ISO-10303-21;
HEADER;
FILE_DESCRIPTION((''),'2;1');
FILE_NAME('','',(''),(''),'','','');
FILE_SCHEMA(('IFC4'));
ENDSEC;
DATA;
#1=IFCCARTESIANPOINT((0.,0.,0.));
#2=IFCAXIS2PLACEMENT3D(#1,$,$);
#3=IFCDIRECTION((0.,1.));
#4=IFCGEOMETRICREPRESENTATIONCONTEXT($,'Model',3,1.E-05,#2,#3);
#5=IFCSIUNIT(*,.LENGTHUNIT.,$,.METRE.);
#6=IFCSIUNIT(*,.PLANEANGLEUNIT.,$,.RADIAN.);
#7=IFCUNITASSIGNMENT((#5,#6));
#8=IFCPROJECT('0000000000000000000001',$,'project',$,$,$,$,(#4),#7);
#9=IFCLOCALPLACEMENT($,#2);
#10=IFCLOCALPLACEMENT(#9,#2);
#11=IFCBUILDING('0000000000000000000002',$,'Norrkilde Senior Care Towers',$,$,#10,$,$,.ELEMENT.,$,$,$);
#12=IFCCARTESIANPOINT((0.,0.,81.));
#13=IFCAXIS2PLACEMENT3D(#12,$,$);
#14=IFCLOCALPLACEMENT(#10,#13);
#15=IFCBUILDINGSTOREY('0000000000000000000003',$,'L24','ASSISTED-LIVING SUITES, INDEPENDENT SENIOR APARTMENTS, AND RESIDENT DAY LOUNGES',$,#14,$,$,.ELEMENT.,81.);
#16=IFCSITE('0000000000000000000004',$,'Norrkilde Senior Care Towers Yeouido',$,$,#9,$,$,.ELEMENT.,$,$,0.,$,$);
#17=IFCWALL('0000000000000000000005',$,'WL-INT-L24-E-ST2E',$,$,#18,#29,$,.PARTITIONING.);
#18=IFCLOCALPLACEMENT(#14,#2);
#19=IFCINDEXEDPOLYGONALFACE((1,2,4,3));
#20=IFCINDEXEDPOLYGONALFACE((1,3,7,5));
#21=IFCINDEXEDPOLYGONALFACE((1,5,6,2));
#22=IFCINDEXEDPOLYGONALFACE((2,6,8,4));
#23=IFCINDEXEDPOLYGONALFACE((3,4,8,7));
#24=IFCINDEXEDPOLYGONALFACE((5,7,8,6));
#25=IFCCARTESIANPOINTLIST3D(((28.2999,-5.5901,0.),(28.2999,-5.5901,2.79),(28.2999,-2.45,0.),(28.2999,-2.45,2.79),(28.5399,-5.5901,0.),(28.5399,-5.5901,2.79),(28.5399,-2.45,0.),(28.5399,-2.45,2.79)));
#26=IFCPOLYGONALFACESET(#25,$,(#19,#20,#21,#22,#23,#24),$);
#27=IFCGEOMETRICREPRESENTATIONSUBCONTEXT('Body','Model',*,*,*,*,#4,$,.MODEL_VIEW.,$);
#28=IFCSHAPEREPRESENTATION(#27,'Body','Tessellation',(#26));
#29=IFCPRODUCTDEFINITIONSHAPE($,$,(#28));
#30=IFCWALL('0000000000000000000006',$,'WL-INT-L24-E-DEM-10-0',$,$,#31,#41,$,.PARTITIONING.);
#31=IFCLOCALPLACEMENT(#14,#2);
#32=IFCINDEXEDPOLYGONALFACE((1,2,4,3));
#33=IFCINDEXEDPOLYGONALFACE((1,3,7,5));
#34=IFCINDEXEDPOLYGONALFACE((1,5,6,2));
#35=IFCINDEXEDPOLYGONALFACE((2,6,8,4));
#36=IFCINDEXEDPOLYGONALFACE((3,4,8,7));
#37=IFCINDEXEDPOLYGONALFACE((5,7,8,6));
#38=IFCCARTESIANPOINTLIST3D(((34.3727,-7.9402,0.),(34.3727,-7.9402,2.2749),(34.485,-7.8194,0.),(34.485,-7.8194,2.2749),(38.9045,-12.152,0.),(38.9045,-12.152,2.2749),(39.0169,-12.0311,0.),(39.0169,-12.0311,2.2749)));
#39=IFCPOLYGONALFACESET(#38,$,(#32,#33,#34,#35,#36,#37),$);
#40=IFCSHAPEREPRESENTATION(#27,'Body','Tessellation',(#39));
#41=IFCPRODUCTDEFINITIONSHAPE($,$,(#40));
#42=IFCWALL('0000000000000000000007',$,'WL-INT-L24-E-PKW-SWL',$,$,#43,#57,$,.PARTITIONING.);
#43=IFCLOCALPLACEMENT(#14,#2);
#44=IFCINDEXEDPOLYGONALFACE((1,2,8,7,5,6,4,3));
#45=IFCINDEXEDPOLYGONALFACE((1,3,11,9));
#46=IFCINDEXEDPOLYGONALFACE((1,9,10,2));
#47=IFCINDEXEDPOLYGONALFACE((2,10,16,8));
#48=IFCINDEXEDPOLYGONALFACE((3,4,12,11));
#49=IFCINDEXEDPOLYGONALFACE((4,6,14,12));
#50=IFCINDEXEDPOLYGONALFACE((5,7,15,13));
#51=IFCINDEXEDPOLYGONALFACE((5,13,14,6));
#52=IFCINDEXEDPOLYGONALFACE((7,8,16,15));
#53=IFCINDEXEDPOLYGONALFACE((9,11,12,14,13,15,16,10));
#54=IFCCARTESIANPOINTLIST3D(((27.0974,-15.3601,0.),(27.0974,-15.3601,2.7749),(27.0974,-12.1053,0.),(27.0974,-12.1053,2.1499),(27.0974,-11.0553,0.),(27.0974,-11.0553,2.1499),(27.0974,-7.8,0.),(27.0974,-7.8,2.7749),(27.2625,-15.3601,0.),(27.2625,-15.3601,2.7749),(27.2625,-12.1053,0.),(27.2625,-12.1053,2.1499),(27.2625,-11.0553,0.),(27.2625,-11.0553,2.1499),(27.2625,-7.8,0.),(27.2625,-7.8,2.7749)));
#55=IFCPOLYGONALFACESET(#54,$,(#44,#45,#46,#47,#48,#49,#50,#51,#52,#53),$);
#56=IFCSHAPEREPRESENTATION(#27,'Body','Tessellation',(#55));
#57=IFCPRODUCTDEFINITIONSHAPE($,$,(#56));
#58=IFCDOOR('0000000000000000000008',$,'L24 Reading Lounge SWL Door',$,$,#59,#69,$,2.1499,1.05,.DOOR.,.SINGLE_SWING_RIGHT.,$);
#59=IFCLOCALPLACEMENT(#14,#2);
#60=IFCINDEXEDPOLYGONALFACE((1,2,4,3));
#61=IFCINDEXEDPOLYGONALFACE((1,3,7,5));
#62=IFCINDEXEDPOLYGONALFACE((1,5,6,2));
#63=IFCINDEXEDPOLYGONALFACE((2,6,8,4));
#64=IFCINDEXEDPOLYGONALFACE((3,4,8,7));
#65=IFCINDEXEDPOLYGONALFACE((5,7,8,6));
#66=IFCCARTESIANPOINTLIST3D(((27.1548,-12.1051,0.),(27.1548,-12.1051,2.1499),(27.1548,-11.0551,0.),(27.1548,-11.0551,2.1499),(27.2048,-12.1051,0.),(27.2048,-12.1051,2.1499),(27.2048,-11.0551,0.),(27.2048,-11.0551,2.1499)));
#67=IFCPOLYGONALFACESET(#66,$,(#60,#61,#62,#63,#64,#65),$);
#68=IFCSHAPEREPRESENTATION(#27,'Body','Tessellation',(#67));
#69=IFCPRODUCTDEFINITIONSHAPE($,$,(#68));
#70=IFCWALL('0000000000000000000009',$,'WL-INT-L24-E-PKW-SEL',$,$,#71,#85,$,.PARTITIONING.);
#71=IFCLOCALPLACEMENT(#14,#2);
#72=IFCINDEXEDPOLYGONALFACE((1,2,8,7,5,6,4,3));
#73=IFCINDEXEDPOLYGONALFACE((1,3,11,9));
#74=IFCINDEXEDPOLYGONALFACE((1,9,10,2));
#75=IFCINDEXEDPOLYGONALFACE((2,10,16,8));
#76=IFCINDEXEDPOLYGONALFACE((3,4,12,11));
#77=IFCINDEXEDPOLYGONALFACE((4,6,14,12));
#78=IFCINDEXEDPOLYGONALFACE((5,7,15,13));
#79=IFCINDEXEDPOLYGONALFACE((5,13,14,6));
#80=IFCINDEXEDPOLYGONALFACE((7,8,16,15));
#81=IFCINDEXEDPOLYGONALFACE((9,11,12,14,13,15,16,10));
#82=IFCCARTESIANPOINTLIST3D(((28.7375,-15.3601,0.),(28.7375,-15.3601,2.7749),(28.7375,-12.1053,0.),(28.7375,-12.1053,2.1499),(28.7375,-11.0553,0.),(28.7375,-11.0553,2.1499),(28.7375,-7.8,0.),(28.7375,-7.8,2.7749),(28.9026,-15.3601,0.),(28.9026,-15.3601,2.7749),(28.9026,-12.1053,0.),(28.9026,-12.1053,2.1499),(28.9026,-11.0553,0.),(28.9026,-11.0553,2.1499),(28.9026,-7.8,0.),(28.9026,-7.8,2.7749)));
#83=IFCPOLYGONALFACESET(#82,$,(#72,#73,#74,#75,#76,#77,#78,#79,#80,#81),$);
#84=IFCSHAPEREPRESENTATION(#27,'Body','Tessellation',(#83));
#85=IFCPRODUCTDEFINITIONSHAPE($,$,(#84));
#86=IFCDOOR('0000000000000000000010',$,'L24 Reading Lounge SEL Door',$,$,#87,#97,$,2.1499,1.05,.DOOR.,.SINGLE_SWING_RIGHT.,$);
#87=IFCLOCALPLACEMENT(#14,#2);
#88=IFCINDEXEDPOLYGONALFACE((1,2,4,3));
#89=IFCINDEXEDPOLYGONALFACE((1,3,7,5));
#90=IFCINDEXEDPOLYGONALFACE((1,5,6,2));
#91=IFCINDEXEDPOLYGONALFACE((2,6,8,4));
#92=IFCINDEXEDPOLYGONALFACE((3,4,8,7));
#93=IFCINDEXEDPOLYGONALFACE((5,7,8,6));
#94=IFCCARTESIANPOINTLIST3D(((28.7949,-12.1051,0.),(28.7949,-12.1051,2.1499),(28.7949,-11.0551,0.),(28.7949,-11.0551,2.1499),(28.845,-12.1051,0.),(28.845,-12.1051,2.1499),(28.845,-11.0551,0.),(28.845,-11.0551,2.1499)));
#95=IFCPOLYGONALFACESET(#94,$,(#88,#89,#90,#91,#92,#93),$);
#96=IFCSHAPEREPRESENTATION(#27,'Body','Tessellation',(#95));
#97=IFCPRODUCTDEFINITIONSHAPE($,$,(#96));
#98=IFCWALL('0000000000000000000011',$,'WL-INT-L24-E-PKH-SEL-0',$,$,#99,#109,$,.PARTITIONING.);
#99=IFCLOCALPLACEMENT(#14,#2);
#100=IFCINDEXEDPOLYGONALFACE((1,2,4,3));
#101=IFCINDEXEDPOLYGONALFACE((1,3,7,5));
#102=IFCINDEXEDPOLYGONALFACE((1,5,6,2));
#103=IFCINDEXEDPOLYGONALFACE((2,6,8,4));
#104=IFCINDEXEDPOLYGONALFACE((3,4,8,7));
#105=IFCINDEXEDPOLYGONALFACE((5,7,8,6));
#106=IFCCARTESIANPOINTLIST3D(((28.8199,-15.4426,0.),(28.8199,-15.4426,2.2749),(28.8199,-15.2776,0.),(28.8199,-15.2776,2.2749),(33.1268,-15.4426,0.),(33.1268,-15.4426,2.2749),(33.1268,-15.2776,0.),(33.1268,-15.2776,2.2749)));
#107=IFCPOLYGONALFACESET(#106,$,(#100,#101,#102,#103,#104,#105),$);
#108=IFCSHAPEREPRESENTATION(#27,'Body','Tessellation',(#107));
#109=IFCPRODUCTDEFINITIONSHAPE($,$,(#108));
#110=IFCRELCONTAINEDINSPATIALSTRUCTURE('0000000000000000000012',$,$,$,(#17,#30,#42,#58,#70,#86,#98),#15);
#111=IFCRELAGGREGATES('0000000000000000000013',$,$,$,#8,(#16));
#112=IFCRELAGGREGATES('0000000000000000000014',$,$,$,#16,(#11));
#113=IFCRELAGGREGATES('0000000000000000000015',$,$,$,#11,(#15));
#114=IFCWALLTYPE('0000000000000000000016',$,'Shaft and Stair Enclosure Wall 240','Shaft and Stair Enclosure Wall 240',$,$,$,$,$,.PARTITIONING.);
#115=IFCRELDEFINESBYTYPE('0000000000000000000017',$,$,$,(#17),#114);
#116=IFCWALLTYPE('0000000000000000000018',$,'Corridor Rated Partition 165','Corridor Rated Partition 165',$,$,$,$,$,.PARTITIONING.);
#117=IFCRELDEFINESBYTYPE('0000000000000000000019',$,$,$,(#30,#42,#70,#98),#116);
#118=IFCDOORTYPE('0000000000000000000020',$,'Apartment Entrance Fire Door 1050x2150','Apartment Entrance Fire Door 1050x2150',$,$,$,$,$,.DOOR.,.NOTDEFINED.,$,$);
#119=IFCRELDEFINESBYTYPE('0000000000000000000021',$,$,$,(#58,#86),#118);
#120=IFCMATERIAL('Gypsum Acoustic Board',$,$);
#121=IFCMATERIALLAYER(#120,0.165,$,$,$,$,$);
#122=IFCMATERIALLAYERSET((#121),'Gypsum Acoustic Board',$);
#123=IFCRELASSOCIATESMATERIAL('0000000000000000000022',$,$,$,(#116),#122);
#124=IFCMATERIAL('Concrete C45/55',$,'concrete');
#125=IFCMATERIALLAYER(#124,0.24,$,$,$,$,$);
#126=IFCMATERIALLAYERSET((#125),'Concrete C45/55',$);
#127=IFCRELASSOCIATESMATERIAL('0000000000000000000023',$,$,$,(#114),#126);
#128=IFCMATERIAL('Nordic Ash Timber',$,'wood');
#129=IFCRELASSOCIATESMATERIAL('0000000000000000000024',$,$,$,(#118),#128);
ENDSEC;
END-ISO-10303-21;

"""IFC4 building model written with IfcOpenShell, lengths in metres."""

from ifc_helpers import new_model, si_unit, direction, frame, frame_2d, origin, place, context, subcontext, project, spatial, rectangle, extrude, source, transform, mapped, material, layer, layer_set, type_object, type_shapes, element, fill, save


model = new_model("IFC4")

# Units and contexts
model_context = context("Model", 3, precision=1e-05, world=origin(), true_north=direction((0.0, 1.0)))
body_context = subcontext(model_context, "Body", "Model", "MODEL_VIEW")
ifc_project = project(units=[si_unit("LENGTHUNIT", "METRE"), si_unit("PLANEANGLEUNIT", "RADIAN")], contexts=[model_context])

# Site, building, storey
site_placement = place(None, origin())
site = spatial("IfcSite", under=ifc_project, at=site_placement, Name="Norrkilde Senior Care Towers Yeouido", CompositionType="ELEMENT", RefElevation=0.0)
building_placement = place(site_placement, origin())
building = spatial("IfcBuilding", under=site, at=building_placement, Name="Norrkilde Senior Care Towers", CompositionType="ELEMENT")
storey_placement = place(building_placement, frame((0.0, 0.0, 81.0)))
storey = spatial("IfcBuildingStorey", under=building, at=storey_placement, Name="L24", Description="ASSISTED-LIVING SUITES, INDEPENDENT SENIOR APARTMENTS, AND RESIDENT DAY LOUNGES", CompositionType="ELEMENT", Elevation=81.0)

# Shared definitions
ifc_material_1 = material(Name="Concrete C45/55", Category="concrete")

# Shared definitions
ifc_material_2 = material(Name="Gypsum Acoustic Board")
ifc_layer_1 = layer(ifc_material_2, 0.165)
ifc_layer_set_1 = layer_set([ifc_layer_1], Name="Gypsum Acoustic Board")
wall_type_1 = type_object("IfcWallType", Name="Corridor Rated Partition 165", Description="Corridor Rated Partition 165", PredefinedType="PARTITIONING", material=ifc_layer_set_1)

# Walls
ifc_layer_2 = layer(ifc_material_1, 0.24)
ifc_layer_set_2 = layer_set([ifc_layer_2], Name="Concrete C45/55")
wall_type_2 = type_object("IfcWallType", Name="Shaft and Stair Enclosure Wall 240", Description="Shaft and Stair Enclosure Wall 240", PredefinedType="PARTITIONING", material=ifc_layer_set_2)
shared_shape_1 = source(origin(), body_context, "Body", "SweptSolid", [
    extrude(rectangle(XDim=3.1401, YDim=0.24, at=frame_2d((1.5701, 0.0))), origin(), (0.0, 0.0, 1.0), 2.79),
])
type_shapes(wall_type_2, [shared_shape_1])
wall_1_placement = place(storey_placement, frame((28.4199, -5.5901, 0.0), z_axis=(0.0, 0.0, 1.0), x_axis=(0.0, 1.0, 0.0)))
element("IfcWall", 1, at=wall_1_placement, inside=storey, type_object=wall_type_2, Name="WL-INT-L24-E-ST2E", PredefinedType="PARTITIONING", context=body_context, shape_type="MappedRepresentation", body=[
    mapped(shared_shape_1, transform((0.0, 0.0, 0.0), x_axis=(1.0, 0.0, 0.0), y_axis=(0.0, 1.0, 0.0), z_axis=(0.0, 0.0, 1.0), scale=1.0)),
])
shared_shape_2 = source(origin(), body_context, "Body", "SweptSolid", [
    extrude(rectangle(XDim=6.1868, YDim=0.165, at=frame_2d((3.0933, 0.0))), origin(), (0.0, 0.0, 1.0), 2.2749),
])
wall_2_placement = place(storey_placement, frame((34.429, -7.8799, 0.0), z_axis=(0.0, 0.0, 1.0), x_axis=(0.732501, -0.680766, 0.0)))
element("IfcWall", 2, at=wall_2_placement, inside=storey, type_object=wall_type_1, Name="WL-INT-L24-E-DEM-10-0", PredefinedType="PARTITIONING", context=body_context, shape_type="MappedRepresentation", body=[
    mapped(shared_shape_2, transform((0.0, 0.0, 0.0), x_axis=(1.0, 0.0, 0.0), y_axis=(0.0, 1.0, 0.0), z_axis=(0.0, 0.0, 1.0), scale=1.0)),
])

# Walls, openings, doors
shared_shape_3 = source(origin(), body_context, "Body", "SweptSolid", [
    extrude(rectangle(XDim=7.5601, YDim=0.165, at=frame_2d((3.78, 0.0))), origin(), (0.0, 0.0, 1.0), 2.7749),
])
wall_3_placement = place(storey_placement, frame((27.1799, -15.3601, 0.0), z_axis=(0.0, 0.0, 1.0), x_axis=(0.0, 1.0, 0.0)))
wall_3 = element("IfcWall", 3, at=wall_3_placement, inside=storey, type_object=wall_type_1, Name="WL-INT-L24-E-PKW-SWL", PredefinedType="PARTITIONING", context=body_context, shape_type="MappedRepresentation", body=[
    mapped(shared_shape_3, transform((0.0, 0.0, 0.0), x_axis=(1.0, 0.0, 0.0), y_axis=(0.0, 1.0, 0.0), z_axis=(0.0, 0.0, 1.0), scale=1.0)),
])
opening_1_placement = place(wall_3_placement, frame((3.2549, 0.0, 0.0)))
opening_1 = element("IfcOpeningElement", 4, at=opening_1_placement, cuts=wall_3, PredefinedType="OPENING", context=body_context, shape_type="SweptSolid", body=[
    extrude(rectangle(XDim=1.05, YDim=2.1499, at=frame_2d((0.5249, 1.075))), frame((0.0, 0.0925, 0.0), z_axis=(0.0, -1.0, 0.0), x_axis=(1.0, 0.0, 0.0)), (0.0, 0.0, 1.0), 0.1851),
])
ifc_material_3 = material(Name="Nordic Ash Timber", Category="wood")
door_type_1 = type_object("IfcDoorType", Name="Apartment Entrance Fire Door 1050x2150", Description="Apartment Entrance Fire Door 1050x2150", OperationType="NOTDEFINED", PredefinedType="DOOR", material=ifc_material_3)
shared_shape_4 = source(origin(), body_context, "Body", "SweptSolid", [
    extrude(rectangle(XDim=1.05, YDim=2.1499, at=frame_2d((0.5249, 1.075))), frame((0.0, 0.0249, 0.0), z_axis=(0.0, -1.0, 0.0), x_axis=(1.0, 0.0, 0.0)), (0.0, 0.0, 1.0), 0.05),
])
type_shapes(door_type_1, [shared_shape_4])
door_1_placement = place(opening_1_placement, frame((1.05, 0.0, 0.0), z_axis=(0.0, 0.0, 1.0), x_axis=(-1.0, 0.0, 0.0)))
door_1 = element("IfcDoor", 5, at=door_1_placement, inside=storey, type_object=door_type_1, Name="L24 Reading Lounge SWL Door", OperationType="SINGLE_SWING_RIGHT", OverallHeight=2.1499, OverallWidth=1.05, PredefinedType="DOOR", context=body_context, shape_type="MappedRepresentation", body=[
    mapped(shared_shape_4, transform((0.0, 0.0, 0.0), x_axis=(1.0, 0.0, 0.0), y_axis=(0.0, 1.0, 0.0), z_axis=(0.0, 0.0, 1.0), scale=1.0)),
])
fill(opening_1, door_1)
wall_4_placement = place(storey_placement, frame((28.8201, -15.3601, 0.0), z_axis=(0.0, 0.0, 1.0), x_axis=(0.0, 1.0, 0.0)))
wall_4 = element("IfcWall", 6, at=wall_4_placement, inside=storey, type_object=wall_type_1, Name="WL-INT-L24-E-PKW-SEL", PredefinedType="PARTITIONING", context=body_context, shape_type="MappedRepresentation", body=[
    mapped(shared_shape_3, transform((0.0, 0.0, 0.0), x_axis=(1.0, 0.0, 0.0), y_axis=(0.0, 1.0, 0.0), z_axis=(0.0, 0.0, 1.0), scale=1.0)),
])
opening_2_placement = place(wall_4_placement, frame((3.2549, 0.0, 0.0)))
opening_2 = element("IfcOpeningElement", 7, at=opening_2_placement, cuts=wall_4, PredefinedType="OPENING", context=body_context, shape_type="SweptSolid", body=[
    extrude(rectangle(XDim=1.05, YDim=2.1499, at=frame_2d((0.5249, 1.075))), frame((0.0, 0.0925, 0.0), z_axis=(0.0, -1.0, 0.0), x_axis=(1.0, 0.0, 0.0)), (0.0, 0.0, 1.0), 0.1851),
])
door_2_placement = place(opening_2_placement, frame((1.05, 0.0, 0.0), z_axis=(0.0, 0.0, 1.0), x_axis=(-1.0, 0.0, 0.0)))
door_2 = element("IfcDoor", 8, at=door_2_placement, inside=storey, type_object=door_type_1, Name="L24 Reading Lounge SEL Door", OperationType="SINGLE_SWING_RIGHT", OverallHeight=2.1499, OverallWidth=1.05, PredefinedType="DOOR", context=body_context, shape_type="MappedRepresentation", body=[
    mapped(shared_shape_4, transform((0.0, 0.0, 0.0), x_axis=(1.0, 0.0, 0.0), y_axis=(0.0, 1.0, 0.0), z_axis=(0.0, 0.0, 1.0), scale=1.0)),
])
fill(opening_2, door_2)

# Wall
shared_shape_5 = source(origin(), body_context, "Body", "SweptSolid", [
    extrude(rectangle(XDim=4.3069, YDim=0.165, at=frame_2d((2.1533, 0.0))), origin(), (0.0, 0.0, 1.0), 2.2749),
])
wall_5_placement = place(storey_placement, frame((28.8201, -15.3601, 0.0), z_axis=(0.0, 0.0, 1.0), x_axis=(1.0, 0.0, 0.0)))
element("IfcWall", 9, at=wall_5_placement, inside=storey, type_object=wall_type_1, Name="WL-INT-L24-E-PKH-SEL-0", PredefinedType="PARTITIONING", context=body_context, shape_type="MappedRepresentation", body=[
    mapped(shared_shape_5, transform((0.0, 0.0, 0.0), x_axis=(1.0, 0.0, 0.0), y_axis=(0.0, 1.0, 0.0), z_axis=(0.0, 0.0, 1.0), scale=1.0)),
])

save(model, "model.ifc")
